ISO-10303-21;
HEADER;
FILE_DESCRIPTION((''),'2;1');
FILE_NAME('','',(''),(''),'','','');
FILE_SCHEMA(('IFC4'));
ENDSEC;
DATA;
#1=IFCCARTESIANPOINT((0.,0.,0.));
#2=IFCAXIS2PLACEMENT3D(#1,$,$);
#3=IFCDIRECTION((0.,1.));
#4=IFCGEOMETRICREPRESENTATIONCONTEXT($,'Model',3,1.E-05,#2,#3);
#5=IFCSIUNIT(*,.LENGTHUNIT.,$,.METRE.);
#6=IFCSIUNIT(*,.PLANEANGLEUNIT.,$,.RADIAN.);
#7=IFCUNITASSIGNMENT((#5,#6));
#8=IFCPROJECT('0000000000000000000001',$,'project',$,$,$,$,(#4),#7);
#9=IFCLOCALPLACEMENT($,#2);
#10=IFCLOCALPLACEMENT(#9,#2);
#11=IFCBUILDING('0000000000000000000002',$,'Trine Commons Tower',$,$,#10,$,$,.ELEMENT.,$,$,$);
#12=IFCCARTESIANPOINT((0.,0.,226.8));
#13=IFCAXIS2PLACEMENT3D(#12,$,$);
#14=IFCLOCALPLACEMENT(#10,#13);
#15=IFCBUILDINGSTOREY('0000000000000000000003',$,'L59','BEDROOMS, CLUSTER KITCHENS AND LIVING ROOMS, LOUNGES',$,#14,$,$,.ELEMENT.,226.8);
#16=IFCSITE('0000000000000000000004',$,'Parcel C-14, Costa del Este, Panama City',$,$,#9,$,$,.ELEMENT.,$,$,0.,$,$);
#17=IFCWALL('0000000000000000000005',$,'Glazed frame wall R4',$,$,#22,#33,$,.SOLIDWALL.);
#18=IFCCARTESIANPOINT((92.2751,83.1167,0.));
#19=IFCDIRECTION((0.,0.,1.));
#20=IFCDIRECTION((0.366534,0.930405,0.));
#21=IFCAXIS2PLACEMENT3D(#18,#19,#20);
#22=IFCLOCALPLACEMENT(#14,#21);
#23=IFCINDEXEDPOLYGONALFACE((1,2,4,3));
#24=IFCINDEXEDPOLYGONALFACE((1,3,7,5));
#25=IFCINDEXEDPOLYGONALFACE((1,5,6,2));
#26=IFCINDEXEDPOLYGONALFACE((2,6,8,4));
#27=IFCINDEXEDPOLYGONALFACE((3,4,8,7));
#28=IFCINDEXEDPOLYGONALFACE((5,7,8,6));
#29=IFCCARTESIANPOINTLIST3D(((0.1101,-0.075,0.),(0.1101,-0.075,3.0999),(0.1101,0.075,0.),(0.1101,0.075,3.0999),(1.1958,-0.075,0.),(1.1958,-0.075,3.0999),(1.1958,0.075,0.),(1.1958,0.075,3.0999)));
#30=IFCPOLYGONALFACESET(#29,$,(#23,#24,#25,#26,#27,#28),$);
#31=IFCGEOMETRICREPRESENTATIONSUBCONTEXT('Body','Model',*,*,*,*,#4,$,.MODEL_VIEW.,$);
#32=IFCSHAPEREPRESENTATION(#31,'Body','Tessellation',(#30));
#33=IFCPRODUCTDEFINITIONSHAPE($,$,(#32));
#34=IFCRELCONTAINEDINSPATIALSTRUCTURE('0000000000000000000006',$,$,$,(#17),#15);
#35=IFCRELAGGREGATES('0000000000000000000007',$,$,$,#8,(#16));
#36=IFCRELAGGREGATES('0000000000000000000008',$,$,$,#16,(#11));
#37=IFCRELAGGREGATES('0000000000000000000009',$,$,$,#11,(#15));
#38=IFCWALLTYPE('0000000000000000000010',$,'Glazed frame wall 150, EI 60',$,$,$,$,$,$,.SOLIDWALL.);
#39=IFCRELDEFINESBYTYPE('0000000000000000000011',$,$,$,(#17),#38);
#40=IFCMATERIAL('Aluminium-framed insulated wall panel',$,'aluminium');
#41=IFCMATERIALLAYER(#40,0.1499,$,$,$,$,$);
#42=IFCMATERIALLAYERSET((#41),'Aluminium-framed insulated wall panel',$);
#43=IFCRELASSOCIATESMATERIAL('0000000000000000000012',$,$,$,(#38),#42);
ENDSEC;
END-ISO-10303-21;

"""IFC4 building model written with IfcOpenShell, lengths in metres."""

from ifc_helpers import new_model, si_unit, direction, frame, origin, place, context, subcontext, project, spatial, polyline, outline, extrude, material, layer, layer_set, type_object, element, save


model = new_model("IFC4")

# Units and contexts
model_context = context("Model", 3, precision=1e-05, world=origin(), true_north=direction((0.0, 1.0)))
body_context = subcontext(model_context, "Body", "Model", "MODEL_VIEW")
ifc_project = project(units=[si_unit("LENGTHUNIT", "METRE"), si_unit("PLANEANGLEUNIT", "RADIAN")], contexts=[model_context])

# Site, building, storey
site_placement = place(None, origin())
site = spatial("IfcSite", under=ifc_project, at=site_placement, Name="Parcel C-14, Costa del Este, Panama City", CompositionType="ELEMENT", RefElevation=0.0)
building_placement = place(site_placement, origin())
building = spatial("IfcBuilding", under=site, at=building_placement, Name="Trine Commons Tower", CompositionType="ELEMENT")
storey_placement = place(building_placement, frame((0.0, 0.0, 226.8)))
storey = spatial("IfcBuildingStorey", under=building, at=storey_placement, Name="L59", Description="BEDROOMS, CLUSTER KITCHENS AND LIVING ROOMS, LOUNGES", CompositionType="ELEMENT", Elevation=226.8)

# Shared definitions
ifc_material_1 = material(Name="Aluminium-framed insulated wall panel", Category="aluminium")
ifc_layer_1 = layer(ifc_material_1, 0.1499)
ifc_layer_set_1 = layer_set([ifc_layer_1], Name="Aluminium-framed insulated wall panel")
wall_type_1 = type_object("IfcWallType", Name="Glazed frame wall 150, EI 60", PredefinedType="SOLIDWALL", material=ifc_layer_set_1)

# Wall
wall_1_placement = place(storey_placement, frame((92.2751, 83.1167, 0.0), z_axis=(0.0, 0.0, 1.0), x_axis=(0.366534, 0.930405, 0.0)))
element("IfcWall", 1, at=wall_1_placement, inside=storey, type_object=wall_type_1, Name="Glazed frame wall R4", PredefinedType="SOLIDWALL", context=body_context, shape_type="SweptSolid", body=[
    extrude(outline(polyline([(0.1101, 0.075), (0.1101, -0.075), (1.1958, -0.075), (1.1958, 0.075), (0.1101, 0.075)])), origin(), (0.0, 0.0, 1.0), 3.0999),
])

save(model, "model.ifc")
